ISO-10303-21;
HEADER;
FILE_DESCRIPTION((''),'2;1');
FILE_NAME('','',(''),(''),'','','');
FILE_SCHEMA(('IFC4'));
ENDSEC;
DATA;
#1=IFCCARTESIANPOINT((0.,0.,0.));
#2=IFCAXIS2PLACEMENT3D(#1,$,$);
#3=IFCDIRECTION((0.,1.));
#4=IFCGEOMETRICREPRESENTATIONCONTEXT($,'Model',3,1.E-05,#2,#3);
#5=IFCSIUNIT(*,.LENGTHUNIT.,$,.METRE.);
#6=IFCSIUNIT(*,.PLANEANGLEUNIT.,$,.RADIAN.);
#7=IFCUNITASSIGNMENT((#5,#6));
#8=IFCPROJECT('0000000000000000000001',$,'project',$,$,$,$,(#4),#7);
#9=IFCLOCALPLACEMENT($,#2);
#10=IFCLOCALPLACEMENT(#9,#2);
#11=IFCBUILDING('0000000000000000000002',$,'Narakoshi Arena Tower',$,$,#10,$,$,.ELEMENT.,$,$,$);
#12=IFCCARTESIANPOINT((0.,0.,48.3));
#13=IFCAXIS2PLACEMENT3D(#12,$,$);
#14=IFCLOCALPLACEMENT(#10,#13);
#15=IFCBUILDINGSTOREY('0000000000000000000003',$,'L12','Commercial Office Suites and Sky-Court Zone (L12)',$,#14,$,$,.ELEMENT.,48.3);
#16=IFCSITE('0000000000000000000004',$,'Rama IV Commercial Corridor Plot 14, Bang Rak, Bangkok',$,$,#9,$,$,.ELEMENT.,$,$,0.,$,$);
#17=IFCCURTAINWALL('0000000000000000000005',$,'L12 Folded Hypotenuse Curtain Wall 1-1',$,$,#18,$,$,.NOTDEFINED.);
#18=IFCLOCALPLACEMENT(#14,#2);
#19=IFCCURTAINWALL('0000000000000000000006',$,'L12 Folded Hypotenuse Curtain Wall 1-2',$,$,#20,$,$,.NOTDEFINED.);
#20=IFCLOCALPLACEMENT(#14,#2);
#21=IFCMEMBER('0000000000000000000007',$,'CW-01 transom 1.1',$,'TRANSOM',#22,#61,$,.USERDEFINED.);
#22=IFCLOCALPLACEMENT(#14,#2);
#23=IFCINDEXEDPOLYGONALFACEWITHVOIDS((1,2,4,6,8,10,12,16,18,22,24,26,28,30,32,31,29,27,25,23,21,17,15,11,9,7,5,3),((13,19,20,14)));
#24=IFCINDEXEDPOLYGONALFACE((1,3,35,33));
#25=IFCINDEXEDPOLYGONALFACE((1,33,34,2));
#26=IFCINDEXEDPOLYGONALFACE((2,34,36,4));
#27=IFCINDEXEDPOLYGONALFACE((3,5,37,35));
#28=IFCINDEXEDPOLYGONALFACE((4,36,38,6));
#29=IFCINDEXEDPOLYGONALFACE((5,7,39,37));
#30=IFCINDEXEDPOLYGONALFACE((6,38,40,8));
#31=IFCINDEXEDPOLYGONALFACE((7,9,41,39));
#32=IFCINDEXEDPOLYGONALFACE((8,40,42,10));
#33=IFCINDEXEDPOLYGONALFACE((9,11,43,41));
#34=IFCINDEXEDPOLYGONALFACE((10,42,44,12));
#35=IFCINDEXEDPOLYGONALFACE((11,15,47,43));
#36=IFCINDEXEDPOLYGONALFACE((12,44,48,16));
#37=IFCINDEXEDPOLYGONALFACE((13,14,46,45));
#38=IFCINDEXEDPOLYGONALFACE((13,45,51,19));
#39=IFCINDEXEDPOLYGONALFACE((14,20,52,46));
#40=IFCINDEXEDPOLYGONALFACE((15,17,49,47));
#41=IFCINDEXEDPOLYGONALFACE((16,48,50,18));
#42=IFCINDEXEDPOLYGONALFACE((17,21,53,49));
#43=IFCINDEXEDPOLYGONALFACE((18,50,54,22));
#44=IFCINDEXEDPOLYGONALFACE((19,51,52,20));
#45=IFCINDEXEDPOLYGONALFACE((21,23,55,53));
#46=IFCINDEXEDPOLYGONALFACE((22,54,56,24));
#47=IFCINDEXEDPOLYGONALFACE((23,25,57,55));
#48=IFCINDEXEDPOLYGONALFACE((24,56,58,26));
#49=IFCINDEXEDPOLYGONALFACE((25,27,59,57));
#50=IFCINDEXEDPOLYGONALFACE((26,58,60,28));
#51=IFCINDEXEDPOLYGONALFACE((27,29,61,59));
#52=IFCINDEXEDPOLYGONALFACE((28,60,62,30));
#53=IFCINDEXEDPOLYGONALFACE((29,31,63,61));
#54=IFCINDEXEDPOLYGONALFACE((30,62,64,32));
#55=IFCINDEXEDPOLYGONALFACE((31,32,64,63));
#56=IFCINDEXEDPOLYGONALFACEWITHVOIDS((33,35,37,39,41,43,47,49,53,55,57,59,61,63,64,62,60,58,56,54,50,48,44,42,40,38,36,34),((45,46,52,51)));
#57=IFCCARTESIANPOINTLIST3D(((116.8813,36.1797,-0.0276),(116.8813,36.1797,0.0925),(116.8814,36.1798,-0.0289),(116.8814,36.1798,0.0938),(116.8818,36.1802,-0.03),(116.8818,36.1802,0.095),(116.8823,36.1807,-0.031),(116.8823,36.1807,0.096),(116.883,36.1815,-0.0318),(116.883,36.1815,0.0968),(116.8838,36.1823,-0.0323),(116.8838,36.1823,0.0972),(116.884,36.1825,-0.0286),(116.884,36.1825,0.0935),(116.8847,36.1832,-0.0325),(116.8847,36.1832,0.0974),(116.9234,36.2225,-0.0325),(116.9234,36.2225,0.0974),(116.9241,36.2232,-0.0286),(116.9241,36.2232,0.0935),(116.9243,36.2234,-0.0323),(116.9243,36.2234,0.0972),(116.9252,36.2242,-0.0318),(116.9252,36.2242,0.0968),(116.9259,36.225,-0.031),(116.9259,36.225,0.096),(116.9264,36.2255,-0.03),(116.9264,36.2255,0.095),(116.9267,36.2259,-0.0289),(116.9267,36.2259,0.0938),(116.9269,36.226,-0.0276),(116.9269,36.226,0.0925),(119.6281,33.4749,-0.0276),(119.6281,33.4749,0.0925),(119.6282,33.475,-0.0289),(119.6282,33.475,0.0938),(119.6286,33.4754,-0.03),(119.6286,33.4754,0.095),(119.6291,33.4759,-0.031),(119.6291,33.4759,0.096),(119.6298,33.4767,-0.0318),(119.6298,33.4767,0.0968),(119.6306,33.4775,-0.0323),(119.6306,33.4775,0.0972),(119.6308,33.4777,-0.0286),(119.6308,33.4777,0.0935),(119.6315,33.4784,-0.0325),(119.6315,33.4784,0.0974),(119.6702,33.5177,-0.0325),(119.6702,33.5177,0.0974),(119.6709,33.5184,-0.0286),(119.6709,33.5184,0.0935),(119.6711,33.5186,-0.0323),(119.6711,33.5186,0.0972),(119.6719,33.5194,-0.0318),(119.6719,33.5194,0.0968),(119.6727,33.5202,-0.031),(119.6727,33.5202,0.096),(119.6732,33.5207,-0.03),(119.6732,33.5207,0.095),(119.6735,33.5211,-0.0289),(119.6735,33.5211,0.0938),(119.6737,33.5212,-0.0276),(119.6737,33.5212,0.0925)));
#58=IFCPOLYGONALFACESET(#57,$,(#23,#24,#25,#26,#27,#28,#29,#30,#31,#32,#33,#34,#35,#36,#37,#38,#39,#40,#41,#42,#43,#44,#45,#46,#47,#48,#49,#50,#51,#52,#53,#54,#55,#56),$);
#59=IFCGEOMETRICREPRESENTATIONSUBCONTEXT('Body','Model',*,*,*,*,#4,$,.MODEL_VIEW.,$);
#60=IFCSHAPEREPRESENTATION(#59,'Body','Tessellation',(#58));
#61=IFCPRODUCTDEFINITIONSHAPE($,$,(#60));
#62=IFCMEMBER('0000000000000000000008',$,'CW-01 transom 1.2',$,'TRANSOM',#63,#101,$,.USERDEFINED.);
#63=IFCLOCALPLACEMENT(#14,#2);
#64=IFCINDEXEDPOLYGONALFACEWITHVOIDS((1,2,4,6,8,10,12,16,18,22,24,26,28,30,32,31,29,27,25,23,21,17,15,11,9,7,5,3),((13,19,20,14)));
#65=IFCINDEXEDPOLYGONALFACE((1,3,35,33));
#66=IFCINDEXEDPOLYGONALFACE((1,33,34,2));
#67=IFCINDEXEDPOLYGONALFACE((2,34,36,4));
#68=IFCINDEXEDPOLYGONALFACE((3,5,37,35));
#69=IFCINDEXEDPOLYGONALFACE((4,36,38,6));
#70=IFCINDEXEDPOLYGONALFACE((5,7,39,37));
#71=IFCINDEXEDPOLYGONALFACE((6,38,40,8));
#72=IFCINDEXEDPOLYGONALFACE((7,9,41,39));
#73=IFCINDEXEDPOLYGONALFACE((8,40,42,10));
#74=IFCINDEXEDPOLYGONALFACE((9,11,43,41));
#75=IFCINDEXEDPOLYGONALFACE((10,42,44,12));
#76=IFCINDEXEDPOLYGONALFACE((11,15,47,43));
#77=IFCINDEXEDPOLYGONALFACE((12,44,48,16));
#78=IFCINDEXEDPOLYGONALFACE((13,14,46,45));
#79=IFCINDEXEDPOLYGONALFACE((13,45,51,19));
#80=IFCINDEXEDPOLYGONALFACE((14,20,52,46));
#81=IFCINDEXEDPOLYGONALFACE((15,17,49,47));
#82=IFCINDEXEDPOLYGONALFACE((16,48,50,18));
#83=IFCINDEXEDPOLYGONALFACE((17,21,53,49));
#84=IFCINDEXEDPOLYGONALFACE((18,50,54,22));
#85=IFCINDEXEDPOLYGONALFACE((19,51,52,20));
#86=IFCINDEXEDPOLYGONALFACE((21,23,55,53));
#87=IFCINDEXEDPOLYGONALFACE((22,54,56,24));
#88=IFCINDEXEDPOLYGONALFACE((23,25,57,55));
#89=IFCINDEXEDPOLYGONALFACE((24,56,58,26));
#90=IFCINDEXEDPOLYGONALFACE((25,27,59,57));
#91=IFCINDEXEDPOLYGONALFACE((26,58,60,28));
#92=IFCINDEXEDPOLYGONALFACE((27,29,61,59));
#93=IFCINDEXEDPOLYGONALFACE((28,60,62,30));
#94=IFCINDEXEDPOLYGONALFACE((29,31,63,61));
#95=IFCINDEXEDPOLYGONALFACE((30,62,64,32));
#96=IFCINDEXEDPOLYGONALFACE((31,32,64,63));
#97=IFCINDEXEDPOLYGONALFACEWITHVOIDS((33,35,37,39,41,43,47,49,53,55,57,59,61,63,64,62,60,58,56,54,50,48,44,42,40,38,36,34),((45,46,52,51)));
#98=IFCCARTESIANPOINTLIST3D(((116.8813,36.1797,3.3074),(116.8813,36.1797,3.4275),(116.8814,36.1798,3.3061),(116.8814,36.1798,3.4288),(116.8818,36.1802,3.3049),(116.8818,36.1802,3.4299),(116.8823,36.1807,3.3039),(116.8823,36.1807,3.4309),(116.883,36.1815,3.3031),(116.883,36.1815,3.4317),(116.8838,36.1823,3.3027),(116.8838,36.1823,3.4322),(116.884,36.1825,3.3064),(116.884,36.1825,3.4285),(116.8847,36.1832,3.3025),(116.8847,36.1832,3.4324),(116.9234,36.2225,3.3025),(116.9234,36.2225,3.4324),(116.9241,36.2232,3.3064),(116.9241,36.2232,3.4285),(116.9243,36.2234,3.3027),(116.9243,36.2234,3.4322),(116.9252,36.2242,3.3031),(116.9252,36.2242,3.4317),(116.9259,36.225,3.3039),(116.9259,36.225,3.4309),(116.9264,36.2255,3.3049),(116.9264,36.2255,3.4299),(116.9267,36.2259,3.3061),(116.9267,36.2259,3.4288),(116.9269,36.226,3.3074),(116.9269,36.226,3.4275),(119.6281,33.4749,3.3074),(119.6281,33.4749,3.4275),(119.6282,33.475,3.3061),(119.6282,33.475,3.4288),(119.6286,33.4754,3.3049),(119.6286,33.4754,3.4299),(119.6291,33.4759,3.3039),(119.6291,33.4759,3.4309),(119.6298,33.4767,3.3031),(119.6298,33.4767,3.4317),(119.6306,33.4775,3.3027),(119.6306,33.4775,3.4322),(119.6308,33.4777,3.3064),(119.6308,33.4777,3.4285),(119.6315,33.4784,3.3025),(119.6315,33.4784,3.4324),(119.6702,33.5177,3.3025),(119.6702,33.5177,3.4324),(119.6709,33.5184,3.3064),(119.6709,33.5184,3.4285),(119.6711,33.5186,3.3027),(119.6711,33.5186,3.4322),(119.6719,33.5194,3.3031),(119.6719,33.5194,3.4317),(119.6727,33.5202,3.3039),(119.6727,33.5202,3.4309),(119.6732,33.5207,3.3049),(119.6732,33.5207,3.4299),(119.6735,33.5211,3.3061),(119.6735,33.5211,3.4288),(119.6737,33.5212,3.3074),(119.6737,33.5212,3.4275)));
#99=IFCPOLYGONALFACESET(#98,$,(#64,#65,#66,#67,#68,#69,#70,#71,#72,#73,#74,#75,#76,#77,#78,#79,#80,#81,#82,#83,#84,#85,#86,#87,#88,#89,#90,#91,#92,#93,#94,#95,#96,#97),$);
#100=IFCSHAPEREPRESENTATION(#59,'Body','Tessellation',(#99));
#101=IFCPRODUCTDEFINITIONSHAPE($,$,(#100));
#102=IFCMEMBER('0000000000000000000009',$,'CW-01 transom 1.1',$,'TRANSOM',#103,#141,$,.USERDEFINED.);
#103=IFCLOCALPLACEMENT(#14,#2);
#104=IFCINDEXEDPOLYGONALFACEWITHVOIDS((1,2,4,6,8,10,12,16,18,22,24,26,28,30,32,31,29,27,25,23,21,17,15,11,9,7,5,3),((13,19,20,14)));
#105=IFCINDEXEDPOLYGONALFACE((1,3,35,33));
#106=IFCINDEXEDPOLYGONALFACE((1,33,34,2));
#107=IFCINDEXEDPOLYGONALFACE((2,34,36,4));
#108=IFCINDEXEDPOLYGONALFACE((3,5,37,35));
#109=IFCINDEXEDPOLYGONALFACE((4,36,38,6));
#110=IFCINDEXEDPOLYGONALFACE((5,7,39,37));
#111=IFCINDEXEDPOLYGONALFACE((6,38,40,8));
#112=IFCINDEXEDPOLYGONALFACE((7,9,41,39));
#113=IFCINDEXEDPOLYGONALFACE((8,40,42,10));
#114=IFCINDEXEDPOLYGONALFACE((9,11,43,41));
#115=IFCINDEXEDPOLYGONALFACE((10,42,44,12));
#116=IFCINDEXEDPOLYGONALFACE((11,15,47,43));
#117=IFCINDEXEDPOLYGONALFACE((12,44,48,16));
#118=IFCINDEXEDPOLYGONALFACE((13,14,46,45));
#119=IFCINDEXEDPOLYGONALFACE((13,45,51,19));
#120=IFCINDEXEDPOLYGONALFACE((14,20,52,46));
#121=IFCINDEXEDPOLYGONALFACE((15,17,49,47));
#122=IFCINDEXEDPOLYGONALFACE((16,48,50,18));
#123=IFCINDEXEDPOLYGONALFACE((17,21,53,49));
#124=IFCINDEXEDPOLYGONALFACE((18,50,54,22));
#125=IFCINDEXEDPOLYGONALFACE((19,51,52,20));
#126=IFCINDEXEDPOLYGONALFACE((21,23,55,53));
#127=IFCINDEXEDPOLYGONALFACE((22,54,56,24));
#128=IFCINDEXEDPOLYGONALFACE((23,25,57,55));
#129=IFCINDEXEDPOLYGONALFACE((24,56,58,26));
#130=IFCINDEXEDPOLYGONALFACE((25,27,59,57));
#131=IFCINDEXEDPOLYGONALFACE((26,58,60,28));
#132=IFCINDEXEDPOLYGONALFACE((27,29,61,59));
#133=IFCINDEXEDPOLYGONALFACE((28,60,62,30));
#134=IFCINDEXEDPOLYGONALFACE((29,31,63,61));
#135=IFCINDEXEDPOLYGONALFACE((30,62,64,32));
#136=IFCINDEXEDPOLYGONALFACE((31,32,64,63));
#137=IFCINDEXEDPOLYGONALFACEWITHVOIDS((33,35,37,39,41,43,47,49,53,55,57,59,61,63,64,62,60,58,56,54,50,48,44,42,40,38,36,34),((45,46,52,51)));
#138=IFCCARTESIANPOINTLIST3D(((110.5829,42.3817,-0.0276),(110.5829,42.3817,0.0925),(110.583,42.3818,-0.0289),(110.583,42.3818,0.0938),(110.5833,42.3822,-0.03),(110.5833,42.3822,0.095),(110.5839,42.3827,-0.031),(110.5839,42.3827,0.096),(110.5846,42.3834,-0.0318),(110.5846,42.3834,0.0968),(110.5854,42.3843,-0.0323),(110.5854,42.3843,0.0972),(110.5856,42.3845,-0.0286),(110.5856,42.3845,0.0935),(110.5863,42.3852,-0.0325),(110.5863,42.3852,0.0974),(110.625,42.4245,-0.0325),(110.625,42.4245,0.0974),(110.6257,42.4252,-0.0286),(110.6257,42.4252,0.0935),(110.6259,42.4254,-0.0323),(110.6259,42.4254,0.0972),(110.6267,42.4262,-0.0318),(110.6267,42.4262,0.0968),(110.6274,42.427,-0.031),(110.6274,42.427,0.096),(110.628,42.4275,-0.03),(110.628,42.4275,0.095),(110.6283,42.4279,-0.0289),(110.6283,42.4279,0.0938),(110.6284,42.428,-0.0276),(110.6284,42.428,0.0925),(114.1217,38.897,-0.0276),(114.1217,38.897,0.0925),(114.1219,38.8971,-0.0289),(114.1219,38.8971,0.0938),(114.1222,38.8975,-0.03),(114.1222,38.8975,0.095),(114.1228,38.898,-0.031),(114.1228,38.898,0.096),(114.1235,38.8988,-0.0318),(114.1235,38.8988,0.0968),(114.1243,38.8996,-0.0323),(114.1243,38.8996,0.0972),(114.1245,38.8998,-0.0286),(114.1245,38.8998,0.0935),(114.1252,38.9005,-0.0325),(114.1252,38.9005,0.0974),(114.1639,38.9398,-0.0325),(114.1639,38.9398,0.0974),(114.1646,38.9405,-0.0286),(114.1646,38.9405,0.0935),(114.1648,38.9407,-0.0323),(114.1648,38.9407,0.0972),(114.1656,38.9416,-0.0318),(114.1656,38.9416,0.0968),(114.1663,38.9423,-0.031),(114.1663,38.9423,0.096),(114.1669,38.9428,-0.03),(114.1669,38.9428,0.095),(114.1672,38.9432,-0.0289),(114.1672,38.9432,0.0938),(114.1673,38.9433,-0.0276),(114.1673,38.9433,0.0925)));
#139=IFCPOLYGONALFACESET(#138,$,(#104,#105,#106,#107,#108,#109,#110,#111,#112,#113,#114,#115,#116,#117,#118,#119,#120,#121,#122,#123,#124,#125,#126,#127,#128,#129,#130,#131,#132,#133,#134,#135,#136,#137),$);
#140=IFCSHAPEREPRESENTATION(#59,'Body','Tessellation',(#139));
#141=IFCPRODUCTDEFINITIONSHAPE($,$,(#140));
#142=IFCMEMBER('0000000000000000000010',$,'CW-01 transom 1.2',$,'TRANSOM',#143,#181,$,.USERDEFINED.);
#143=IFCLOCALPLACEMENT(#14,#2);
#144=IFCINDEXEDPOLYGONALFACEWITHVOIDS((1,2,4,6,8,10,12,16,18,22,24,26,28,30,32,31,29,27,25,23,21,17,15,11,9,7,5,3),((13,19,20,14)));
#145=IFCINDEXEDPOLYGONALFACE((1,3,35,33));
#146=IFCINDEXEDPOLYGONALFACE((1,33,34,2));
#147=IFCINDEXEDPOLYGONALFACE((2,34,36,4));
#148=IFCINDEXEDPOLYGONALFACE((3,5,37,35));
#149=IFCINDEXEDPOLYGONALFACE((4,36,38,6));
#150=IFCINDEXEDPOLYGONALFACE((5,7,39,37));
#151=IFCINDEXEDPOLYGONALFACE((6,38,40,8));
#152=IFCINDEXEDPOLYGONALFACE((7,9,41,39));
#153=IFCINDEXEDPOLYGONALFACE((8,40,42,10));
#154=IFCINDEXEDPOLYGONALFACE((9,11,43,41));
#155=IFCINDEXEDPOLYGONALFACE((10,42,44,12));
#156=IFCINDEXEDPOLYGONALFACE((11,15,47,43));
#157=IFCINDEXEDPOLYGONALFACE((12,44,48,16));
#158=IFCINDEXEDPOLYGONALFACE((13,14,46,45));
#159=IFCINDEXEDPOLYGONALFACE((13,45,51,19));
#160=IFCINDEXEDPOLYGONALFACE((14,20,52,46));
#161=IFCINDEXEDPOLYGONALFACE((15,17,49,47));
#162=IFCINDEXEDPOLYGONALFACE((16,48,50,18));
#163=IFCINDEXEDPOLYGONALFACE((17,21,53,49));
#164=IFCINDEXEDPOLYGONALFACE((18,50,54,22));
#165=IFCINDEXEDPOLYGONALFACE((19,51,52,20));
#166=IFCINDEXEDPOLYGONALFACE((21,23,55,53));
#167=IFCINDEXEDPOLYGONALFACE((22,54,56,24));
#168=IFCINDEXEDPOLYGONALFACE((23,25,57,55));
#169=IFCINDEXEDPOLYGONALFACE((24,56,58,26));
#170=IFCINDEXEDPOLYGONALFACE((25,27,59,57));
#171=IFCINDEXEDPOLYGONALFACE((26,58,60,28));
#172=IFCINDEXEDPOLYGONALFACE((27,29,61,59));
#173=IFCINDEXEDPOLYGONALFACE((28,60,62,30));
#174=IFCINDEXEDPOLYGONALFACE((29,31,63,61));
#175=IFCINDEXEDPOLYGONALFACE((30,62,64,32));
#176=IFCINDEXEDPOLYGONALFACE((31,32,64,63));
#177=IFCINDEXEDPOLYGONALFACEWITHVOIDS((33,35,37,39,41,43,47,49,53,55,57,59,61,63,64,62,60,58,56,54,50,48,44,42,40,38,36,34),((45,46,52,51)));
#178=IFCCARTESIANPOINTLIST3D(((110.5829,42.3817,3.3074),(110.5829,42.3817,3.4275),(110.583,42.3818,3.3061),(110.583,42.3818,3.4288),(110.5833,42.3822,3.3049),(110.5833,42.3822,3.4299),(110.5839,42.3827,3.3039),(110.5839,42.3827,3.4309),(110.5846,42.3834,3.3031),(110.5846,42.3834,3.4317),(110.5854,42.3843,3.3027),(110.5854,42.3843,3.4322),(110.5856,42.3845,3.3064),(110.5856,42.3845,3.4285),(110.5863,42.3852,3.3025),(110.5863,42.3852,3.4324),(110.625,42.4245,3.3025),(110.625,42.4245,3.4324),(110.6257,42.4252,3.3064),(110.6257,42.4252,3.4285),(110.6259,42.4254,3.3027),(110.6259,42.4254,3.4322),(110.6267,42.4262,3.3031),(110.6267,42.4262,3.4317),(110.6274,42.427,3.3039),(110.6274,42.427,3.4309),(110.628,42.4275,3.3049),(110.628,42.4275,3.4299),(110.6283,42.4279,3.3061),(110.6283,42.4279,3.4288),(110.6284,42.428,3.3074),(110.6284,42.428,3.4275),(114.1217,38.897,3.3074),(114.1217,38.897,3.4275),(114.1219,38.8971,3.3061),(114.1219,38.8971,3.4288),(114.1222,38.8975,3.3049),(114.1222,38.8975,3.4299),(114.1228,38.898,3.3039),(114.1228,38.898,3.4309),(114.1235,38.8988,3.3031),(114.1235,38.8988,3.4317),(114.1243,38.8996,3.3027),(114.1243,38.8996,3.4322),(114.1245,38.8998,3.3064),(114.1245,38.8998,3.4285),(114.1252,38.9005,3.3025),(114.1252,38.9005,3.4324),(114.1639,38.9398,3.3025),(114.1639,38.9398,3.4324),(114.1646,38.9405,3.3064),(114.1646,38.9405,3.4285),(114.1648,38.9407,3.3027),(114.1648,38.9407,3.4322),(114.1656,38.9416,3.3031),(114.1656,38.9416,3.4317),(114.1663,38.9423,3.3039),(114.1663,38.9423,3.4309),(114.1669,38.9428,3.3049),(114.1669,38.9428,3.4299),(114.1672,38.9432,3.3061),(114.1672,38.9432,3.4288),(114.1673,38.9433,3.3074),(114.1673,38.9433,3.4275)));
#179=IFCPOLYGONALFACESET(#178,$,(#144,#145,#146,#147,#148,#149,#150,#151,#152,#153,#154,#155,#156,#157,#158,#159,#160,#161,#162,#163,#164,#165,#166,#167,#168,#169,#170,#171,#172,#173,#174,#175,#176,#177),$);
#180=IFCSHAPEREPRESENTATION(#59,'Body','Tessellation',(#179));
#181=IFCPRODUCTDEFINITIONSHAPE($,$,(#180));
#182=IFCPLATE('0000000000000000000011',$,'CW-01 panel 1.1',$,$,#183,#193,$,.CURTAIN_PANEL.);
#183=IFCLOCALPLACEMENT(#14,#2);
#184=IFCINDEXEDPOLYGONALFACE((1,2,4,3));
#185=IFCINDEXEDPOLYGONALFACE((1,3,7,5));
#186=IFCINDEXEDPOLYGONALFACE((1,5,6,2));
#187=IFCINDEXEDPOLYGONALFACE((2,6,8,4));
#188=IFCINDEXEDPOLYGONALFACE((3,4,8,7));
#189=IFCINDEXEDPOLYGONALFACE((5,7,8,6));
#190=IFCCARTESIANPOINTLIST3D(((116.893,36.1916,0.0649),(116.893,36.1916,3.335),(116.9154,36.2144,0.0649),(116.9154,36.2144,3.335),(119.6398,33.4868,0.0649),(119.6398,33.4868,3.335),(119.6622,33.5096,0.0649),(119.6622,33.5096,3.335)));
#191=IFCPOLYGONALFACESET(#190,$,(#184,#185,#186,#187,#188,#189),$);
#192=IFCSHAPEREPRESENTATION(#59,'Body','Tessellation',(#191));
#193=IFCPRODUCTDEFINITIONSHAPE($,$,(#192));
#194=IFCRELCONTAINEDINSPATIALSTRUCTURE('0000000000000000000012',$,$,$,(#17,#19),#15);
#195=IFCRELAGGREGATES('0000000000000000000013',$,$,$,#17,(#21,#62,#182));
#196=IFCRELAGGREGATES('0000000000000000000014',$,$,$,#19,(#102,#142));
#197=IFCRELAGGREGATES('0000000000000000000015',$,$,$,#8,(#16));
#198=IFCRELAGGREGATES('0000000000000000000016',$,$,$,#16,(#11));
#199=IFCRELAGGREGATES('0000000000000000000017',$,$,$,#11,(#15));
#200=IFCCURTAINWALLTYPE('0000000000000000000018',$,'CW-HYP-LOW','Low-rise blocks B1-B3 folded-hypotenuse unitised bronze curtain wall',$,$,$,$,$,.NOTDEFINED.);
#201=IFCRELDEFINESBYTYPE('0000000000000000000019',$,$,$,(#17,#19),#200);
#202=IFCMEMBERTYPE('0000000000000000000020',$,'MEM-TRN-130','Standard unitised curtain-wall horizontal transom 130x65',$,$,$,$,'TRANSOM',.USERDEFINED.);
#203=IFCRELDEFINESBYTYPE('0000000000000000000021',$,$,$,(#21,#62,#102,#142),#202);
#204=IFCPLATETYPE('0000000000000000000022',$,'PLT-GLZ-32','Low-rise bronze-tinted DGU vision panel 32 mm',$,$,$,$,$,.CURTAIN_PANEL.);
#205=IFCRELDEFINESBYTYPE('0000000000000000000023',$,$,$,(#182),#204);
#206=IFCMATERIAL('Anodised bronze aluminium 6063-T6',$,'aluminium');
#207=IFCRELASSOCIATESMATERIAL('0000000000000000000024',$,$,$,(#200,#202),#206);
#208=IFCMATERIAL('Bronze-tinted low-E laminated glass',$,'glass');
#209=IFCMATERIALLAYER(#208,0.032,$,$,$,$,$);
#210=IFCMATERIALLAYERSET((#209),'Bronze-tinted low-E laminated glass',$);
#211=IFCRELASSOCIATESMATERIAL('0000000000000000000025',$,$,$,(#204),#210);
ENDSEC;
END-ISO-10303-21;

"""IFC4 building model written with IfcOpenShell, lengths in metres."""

from ifc_helpers import new_model, si_unit, direction, frame, origin, origin_2d, place, context, subcontext, project, spatial, rectangle, hollow_rectangle, extrude, material, layer, layer_set, material_profile, profile_set, type_object, element, aggregate, save


model = new_model("IFC4")

# Units and contexts
model_context = context("Model", 3, precision=1e-05, world=origin(), true_north=direction((0.0, 1.0)))
body_context = subcontext(model_context, "Body", "Model", "MODEL_VIEW")
ifc_project = project(units=[si_unit("LENGTHUNIT", "METRE"), si_unit("PLANEANGLEUNIT", "RADIAN")], contexts=[model_context])

# Site, building, storey
site_placement = place(None, origin())
site = spatial("IfcSite", under=ifc_project, at=site_placement, Name="Rama IV Commercial Corridor Plot 14, Bang Rak, Bangkok", CompositionType="ELEMENT", RefElevation=0.0)
building_placement = place(site_placement, origin())
building = spatial("IfcBuilding", under=site, at=building_placement, Name="Narakoshi Arena Tower", CompositionType="ELEMENT")
storey_placement = place(building_placement, frame((0.0, 0.0, 48.3)))
storey = spatial("IfcBuildingStorey", under=building, at=storey_placement, Name="L12", Description="Commercial Office Suites and Sky-Court Zone (L12)", CompositionType="ELEMENT", Elevation=48.3)

# Curtain walls
ifc_material_1 = material(Name="Anodised bronze aluminium 6063-T6", Category="aluminium")
curtain_wall_type = type_object("IfcCurtainWallType", Name="CW-HYP-LOW", Description="Low-rise blocks B1-B3 folded-hypotenuse unitised bronze curtain wall", PredefinedType="NOTDEFINED", material=ifc_material_1)
curtain_wall_1_placement = place(storey_placement, origin())
curtain_wall_1 = element("IfcCurtainWall", 1, at=curtain_wall_1_placement, inside=storey, type_object=curtain_wall_type, Name="L12 Folded Hypotenuse Curtain Wall 1-1", PredefinedType="NOTDEFINED")
curtain_wall_2_placement = place(storey_placement, origin())
curtain_wall_2 = element("IfcCurtainWall", 2, at=curtain_wall_2_placement, inside=storey, type_object=curtain_wall_type, Name="L12 Folded Hypotenuse Curtain Wall 1-2", PredefinedType="NOTDEFINED")

# Members
ifc_material_profile_1 = material_profile(ifc_material_1, hollow_rectangle(XDim=0.0649, YDim=0.1299, WallThickness=0.0039, OuterFilletRadius=0.0049, at=origin_2d()), Name="TRN130x65x4")
ifc_profile_set_1 = profile_set([ifc_material_profile_1], Name="Anodised bronze aluminium 6063-T6")
member_type_1 = type_object("IfcMemberType", Name="MEM-TRN-130", Description="Standard unitised curtain-wall horizontal transom 130x65", ElementType="TRANSOM", PredefinedType="USERDEFINED", material=ifc_profile_set_1)
member_1_placement = place(storey_placement, frame((119.6509, 33.498, 0.0325), z_axis=(-0.712532, 0.701639, 0.0), x_axis=(-0.701639, -0.712532, 0.0)))
member_1 = element("IfcMember", 3, at=member_1_placement, type_object=member_type_1, Name="CW-01 transom 1.1", ObjectType="TRANSOM", PredefinedType="USERDEFINED", context=body_context, shape_type="SweptSolid", body=[
    extrude(hollow_rectangle(XDim=0.0649, YDim=0.1299, WallThickness=0.0039, OuterFilletRadius=0.0049, at=origin_2d()), origin(), (0.0, 0.0, 1.0), 3.855),
])
member_2_placement = place(storey_placement, frame((119.6509, 33.498, 3.3674), z_axis=(-0.712532, 0.701639, 0.0), x_axis=(-0.701639, -0.712532, 0.0)))
member_2 = element("IfcMember", 4, at=member_2_placement, type_object=member_type_1, Name="CW-01 transom 1.2", ObjectType="TRANSOM", PredefinedType="USERDEFINED", context=body_context, shape_type="SweptSolid", body=[
    extrude(hollow_rectangle(XDim=0.0649, YDim=0.1299, WallThickness=0.0039, OuterFilletRadius=0.0049, at=origin_2d()), origin(), (0.0, 0.0, 1.0), 3.855),
])
member_3_placement = place(storey_placement, frame((114.1445, 38.9202, 0.0325), z_axis=(-0.712542, 0.701629, 0.0), x_axis=(-0.701629, -0.712542, 0.0)))
member_3 = element("IfcMember", 5, at=member_3_placement, type_object=member_type_1, Name="CW-01 transom 1.1", ObjectType="TRANSOM", PredefinedType="USERDEFINED", context=body_context, shape_type="SweptSolid", body=[
    extrude(hollow_rectangle(XDim=0.0649, YDim=0.1299, WallThickness=0.0039, OuterFilletRadius=0.0049, at=origin_2d()), origin(), (0.0, 0.0, 1.0), 4.9666),
])
member_4_placement = place(storey_placement, frame((114.1445, 38.9202, 3.3674), z_axis=(-0.712542, 0.701629, 0.0), x_axis=(-0.701629, -0.712542, 0.0)))
member_4 = element("IfcMember", 6, at=member_4_placement, type_object=member_type_1, Name="CW-01 transom 1.2", ObjectType="TRANSOM", PredefinedType="USERDEFINED", context=body_context, shape_type="SweptSolid", body=[
    extrude(hollow_rectangle(XDim=0.0649, YDim=0.1299, WallThickness=0.0039, OuterFilletRadius=0.0049, at=origin_2d()), origin(), (0.0, 0.0, 1.0), 4.9666),
])

# Plate
ifc_material_2 = material(Name="Bronze-tinted low-E laminated glass", Category="glass")
ifc_layer_1 = layer(ifc_material_2, 0.032)
ifc_layer_set_1 = layer_set([ifc_layer_1], Name="Bronze-tinted low-E laminated glass")
plate_type = type_object("IfcPlateType", Name="PLT-GLZ-32", Description="Low-rise bronze-tinted DGU vision panel 32 mm", PredefinedType="CURTAIN_PANEL", material=ifc_layer_set_1)
plate_1_placement = place(storey_placement, frame((118.2776, 34.8506, 0.0649), z_axis=(0.0, 0.0, 1.0), x_axis=(-0.712541, 0.70163, 0.0)))
plate_1 = element("IfcPlate", 7, at=plate_1_placement, type_object=plate_type, Name="CW-01 panel 1.1", PredefinedType="CURTAIN_PANEL", context=body_context, shape_type="SweptSolid", body=[
    extrude(rectangle(XDim=3.855, YDim=0.032, at=origin_2d()), origin(), (0.0, 0.0, 1.0), 3.27),
])
aggregate(curtain_wall_1, [member_1, member_2, plate_1])
aggregate(curtain_wall_2, [member_3, member_4])

save(model, "model.ifc")
